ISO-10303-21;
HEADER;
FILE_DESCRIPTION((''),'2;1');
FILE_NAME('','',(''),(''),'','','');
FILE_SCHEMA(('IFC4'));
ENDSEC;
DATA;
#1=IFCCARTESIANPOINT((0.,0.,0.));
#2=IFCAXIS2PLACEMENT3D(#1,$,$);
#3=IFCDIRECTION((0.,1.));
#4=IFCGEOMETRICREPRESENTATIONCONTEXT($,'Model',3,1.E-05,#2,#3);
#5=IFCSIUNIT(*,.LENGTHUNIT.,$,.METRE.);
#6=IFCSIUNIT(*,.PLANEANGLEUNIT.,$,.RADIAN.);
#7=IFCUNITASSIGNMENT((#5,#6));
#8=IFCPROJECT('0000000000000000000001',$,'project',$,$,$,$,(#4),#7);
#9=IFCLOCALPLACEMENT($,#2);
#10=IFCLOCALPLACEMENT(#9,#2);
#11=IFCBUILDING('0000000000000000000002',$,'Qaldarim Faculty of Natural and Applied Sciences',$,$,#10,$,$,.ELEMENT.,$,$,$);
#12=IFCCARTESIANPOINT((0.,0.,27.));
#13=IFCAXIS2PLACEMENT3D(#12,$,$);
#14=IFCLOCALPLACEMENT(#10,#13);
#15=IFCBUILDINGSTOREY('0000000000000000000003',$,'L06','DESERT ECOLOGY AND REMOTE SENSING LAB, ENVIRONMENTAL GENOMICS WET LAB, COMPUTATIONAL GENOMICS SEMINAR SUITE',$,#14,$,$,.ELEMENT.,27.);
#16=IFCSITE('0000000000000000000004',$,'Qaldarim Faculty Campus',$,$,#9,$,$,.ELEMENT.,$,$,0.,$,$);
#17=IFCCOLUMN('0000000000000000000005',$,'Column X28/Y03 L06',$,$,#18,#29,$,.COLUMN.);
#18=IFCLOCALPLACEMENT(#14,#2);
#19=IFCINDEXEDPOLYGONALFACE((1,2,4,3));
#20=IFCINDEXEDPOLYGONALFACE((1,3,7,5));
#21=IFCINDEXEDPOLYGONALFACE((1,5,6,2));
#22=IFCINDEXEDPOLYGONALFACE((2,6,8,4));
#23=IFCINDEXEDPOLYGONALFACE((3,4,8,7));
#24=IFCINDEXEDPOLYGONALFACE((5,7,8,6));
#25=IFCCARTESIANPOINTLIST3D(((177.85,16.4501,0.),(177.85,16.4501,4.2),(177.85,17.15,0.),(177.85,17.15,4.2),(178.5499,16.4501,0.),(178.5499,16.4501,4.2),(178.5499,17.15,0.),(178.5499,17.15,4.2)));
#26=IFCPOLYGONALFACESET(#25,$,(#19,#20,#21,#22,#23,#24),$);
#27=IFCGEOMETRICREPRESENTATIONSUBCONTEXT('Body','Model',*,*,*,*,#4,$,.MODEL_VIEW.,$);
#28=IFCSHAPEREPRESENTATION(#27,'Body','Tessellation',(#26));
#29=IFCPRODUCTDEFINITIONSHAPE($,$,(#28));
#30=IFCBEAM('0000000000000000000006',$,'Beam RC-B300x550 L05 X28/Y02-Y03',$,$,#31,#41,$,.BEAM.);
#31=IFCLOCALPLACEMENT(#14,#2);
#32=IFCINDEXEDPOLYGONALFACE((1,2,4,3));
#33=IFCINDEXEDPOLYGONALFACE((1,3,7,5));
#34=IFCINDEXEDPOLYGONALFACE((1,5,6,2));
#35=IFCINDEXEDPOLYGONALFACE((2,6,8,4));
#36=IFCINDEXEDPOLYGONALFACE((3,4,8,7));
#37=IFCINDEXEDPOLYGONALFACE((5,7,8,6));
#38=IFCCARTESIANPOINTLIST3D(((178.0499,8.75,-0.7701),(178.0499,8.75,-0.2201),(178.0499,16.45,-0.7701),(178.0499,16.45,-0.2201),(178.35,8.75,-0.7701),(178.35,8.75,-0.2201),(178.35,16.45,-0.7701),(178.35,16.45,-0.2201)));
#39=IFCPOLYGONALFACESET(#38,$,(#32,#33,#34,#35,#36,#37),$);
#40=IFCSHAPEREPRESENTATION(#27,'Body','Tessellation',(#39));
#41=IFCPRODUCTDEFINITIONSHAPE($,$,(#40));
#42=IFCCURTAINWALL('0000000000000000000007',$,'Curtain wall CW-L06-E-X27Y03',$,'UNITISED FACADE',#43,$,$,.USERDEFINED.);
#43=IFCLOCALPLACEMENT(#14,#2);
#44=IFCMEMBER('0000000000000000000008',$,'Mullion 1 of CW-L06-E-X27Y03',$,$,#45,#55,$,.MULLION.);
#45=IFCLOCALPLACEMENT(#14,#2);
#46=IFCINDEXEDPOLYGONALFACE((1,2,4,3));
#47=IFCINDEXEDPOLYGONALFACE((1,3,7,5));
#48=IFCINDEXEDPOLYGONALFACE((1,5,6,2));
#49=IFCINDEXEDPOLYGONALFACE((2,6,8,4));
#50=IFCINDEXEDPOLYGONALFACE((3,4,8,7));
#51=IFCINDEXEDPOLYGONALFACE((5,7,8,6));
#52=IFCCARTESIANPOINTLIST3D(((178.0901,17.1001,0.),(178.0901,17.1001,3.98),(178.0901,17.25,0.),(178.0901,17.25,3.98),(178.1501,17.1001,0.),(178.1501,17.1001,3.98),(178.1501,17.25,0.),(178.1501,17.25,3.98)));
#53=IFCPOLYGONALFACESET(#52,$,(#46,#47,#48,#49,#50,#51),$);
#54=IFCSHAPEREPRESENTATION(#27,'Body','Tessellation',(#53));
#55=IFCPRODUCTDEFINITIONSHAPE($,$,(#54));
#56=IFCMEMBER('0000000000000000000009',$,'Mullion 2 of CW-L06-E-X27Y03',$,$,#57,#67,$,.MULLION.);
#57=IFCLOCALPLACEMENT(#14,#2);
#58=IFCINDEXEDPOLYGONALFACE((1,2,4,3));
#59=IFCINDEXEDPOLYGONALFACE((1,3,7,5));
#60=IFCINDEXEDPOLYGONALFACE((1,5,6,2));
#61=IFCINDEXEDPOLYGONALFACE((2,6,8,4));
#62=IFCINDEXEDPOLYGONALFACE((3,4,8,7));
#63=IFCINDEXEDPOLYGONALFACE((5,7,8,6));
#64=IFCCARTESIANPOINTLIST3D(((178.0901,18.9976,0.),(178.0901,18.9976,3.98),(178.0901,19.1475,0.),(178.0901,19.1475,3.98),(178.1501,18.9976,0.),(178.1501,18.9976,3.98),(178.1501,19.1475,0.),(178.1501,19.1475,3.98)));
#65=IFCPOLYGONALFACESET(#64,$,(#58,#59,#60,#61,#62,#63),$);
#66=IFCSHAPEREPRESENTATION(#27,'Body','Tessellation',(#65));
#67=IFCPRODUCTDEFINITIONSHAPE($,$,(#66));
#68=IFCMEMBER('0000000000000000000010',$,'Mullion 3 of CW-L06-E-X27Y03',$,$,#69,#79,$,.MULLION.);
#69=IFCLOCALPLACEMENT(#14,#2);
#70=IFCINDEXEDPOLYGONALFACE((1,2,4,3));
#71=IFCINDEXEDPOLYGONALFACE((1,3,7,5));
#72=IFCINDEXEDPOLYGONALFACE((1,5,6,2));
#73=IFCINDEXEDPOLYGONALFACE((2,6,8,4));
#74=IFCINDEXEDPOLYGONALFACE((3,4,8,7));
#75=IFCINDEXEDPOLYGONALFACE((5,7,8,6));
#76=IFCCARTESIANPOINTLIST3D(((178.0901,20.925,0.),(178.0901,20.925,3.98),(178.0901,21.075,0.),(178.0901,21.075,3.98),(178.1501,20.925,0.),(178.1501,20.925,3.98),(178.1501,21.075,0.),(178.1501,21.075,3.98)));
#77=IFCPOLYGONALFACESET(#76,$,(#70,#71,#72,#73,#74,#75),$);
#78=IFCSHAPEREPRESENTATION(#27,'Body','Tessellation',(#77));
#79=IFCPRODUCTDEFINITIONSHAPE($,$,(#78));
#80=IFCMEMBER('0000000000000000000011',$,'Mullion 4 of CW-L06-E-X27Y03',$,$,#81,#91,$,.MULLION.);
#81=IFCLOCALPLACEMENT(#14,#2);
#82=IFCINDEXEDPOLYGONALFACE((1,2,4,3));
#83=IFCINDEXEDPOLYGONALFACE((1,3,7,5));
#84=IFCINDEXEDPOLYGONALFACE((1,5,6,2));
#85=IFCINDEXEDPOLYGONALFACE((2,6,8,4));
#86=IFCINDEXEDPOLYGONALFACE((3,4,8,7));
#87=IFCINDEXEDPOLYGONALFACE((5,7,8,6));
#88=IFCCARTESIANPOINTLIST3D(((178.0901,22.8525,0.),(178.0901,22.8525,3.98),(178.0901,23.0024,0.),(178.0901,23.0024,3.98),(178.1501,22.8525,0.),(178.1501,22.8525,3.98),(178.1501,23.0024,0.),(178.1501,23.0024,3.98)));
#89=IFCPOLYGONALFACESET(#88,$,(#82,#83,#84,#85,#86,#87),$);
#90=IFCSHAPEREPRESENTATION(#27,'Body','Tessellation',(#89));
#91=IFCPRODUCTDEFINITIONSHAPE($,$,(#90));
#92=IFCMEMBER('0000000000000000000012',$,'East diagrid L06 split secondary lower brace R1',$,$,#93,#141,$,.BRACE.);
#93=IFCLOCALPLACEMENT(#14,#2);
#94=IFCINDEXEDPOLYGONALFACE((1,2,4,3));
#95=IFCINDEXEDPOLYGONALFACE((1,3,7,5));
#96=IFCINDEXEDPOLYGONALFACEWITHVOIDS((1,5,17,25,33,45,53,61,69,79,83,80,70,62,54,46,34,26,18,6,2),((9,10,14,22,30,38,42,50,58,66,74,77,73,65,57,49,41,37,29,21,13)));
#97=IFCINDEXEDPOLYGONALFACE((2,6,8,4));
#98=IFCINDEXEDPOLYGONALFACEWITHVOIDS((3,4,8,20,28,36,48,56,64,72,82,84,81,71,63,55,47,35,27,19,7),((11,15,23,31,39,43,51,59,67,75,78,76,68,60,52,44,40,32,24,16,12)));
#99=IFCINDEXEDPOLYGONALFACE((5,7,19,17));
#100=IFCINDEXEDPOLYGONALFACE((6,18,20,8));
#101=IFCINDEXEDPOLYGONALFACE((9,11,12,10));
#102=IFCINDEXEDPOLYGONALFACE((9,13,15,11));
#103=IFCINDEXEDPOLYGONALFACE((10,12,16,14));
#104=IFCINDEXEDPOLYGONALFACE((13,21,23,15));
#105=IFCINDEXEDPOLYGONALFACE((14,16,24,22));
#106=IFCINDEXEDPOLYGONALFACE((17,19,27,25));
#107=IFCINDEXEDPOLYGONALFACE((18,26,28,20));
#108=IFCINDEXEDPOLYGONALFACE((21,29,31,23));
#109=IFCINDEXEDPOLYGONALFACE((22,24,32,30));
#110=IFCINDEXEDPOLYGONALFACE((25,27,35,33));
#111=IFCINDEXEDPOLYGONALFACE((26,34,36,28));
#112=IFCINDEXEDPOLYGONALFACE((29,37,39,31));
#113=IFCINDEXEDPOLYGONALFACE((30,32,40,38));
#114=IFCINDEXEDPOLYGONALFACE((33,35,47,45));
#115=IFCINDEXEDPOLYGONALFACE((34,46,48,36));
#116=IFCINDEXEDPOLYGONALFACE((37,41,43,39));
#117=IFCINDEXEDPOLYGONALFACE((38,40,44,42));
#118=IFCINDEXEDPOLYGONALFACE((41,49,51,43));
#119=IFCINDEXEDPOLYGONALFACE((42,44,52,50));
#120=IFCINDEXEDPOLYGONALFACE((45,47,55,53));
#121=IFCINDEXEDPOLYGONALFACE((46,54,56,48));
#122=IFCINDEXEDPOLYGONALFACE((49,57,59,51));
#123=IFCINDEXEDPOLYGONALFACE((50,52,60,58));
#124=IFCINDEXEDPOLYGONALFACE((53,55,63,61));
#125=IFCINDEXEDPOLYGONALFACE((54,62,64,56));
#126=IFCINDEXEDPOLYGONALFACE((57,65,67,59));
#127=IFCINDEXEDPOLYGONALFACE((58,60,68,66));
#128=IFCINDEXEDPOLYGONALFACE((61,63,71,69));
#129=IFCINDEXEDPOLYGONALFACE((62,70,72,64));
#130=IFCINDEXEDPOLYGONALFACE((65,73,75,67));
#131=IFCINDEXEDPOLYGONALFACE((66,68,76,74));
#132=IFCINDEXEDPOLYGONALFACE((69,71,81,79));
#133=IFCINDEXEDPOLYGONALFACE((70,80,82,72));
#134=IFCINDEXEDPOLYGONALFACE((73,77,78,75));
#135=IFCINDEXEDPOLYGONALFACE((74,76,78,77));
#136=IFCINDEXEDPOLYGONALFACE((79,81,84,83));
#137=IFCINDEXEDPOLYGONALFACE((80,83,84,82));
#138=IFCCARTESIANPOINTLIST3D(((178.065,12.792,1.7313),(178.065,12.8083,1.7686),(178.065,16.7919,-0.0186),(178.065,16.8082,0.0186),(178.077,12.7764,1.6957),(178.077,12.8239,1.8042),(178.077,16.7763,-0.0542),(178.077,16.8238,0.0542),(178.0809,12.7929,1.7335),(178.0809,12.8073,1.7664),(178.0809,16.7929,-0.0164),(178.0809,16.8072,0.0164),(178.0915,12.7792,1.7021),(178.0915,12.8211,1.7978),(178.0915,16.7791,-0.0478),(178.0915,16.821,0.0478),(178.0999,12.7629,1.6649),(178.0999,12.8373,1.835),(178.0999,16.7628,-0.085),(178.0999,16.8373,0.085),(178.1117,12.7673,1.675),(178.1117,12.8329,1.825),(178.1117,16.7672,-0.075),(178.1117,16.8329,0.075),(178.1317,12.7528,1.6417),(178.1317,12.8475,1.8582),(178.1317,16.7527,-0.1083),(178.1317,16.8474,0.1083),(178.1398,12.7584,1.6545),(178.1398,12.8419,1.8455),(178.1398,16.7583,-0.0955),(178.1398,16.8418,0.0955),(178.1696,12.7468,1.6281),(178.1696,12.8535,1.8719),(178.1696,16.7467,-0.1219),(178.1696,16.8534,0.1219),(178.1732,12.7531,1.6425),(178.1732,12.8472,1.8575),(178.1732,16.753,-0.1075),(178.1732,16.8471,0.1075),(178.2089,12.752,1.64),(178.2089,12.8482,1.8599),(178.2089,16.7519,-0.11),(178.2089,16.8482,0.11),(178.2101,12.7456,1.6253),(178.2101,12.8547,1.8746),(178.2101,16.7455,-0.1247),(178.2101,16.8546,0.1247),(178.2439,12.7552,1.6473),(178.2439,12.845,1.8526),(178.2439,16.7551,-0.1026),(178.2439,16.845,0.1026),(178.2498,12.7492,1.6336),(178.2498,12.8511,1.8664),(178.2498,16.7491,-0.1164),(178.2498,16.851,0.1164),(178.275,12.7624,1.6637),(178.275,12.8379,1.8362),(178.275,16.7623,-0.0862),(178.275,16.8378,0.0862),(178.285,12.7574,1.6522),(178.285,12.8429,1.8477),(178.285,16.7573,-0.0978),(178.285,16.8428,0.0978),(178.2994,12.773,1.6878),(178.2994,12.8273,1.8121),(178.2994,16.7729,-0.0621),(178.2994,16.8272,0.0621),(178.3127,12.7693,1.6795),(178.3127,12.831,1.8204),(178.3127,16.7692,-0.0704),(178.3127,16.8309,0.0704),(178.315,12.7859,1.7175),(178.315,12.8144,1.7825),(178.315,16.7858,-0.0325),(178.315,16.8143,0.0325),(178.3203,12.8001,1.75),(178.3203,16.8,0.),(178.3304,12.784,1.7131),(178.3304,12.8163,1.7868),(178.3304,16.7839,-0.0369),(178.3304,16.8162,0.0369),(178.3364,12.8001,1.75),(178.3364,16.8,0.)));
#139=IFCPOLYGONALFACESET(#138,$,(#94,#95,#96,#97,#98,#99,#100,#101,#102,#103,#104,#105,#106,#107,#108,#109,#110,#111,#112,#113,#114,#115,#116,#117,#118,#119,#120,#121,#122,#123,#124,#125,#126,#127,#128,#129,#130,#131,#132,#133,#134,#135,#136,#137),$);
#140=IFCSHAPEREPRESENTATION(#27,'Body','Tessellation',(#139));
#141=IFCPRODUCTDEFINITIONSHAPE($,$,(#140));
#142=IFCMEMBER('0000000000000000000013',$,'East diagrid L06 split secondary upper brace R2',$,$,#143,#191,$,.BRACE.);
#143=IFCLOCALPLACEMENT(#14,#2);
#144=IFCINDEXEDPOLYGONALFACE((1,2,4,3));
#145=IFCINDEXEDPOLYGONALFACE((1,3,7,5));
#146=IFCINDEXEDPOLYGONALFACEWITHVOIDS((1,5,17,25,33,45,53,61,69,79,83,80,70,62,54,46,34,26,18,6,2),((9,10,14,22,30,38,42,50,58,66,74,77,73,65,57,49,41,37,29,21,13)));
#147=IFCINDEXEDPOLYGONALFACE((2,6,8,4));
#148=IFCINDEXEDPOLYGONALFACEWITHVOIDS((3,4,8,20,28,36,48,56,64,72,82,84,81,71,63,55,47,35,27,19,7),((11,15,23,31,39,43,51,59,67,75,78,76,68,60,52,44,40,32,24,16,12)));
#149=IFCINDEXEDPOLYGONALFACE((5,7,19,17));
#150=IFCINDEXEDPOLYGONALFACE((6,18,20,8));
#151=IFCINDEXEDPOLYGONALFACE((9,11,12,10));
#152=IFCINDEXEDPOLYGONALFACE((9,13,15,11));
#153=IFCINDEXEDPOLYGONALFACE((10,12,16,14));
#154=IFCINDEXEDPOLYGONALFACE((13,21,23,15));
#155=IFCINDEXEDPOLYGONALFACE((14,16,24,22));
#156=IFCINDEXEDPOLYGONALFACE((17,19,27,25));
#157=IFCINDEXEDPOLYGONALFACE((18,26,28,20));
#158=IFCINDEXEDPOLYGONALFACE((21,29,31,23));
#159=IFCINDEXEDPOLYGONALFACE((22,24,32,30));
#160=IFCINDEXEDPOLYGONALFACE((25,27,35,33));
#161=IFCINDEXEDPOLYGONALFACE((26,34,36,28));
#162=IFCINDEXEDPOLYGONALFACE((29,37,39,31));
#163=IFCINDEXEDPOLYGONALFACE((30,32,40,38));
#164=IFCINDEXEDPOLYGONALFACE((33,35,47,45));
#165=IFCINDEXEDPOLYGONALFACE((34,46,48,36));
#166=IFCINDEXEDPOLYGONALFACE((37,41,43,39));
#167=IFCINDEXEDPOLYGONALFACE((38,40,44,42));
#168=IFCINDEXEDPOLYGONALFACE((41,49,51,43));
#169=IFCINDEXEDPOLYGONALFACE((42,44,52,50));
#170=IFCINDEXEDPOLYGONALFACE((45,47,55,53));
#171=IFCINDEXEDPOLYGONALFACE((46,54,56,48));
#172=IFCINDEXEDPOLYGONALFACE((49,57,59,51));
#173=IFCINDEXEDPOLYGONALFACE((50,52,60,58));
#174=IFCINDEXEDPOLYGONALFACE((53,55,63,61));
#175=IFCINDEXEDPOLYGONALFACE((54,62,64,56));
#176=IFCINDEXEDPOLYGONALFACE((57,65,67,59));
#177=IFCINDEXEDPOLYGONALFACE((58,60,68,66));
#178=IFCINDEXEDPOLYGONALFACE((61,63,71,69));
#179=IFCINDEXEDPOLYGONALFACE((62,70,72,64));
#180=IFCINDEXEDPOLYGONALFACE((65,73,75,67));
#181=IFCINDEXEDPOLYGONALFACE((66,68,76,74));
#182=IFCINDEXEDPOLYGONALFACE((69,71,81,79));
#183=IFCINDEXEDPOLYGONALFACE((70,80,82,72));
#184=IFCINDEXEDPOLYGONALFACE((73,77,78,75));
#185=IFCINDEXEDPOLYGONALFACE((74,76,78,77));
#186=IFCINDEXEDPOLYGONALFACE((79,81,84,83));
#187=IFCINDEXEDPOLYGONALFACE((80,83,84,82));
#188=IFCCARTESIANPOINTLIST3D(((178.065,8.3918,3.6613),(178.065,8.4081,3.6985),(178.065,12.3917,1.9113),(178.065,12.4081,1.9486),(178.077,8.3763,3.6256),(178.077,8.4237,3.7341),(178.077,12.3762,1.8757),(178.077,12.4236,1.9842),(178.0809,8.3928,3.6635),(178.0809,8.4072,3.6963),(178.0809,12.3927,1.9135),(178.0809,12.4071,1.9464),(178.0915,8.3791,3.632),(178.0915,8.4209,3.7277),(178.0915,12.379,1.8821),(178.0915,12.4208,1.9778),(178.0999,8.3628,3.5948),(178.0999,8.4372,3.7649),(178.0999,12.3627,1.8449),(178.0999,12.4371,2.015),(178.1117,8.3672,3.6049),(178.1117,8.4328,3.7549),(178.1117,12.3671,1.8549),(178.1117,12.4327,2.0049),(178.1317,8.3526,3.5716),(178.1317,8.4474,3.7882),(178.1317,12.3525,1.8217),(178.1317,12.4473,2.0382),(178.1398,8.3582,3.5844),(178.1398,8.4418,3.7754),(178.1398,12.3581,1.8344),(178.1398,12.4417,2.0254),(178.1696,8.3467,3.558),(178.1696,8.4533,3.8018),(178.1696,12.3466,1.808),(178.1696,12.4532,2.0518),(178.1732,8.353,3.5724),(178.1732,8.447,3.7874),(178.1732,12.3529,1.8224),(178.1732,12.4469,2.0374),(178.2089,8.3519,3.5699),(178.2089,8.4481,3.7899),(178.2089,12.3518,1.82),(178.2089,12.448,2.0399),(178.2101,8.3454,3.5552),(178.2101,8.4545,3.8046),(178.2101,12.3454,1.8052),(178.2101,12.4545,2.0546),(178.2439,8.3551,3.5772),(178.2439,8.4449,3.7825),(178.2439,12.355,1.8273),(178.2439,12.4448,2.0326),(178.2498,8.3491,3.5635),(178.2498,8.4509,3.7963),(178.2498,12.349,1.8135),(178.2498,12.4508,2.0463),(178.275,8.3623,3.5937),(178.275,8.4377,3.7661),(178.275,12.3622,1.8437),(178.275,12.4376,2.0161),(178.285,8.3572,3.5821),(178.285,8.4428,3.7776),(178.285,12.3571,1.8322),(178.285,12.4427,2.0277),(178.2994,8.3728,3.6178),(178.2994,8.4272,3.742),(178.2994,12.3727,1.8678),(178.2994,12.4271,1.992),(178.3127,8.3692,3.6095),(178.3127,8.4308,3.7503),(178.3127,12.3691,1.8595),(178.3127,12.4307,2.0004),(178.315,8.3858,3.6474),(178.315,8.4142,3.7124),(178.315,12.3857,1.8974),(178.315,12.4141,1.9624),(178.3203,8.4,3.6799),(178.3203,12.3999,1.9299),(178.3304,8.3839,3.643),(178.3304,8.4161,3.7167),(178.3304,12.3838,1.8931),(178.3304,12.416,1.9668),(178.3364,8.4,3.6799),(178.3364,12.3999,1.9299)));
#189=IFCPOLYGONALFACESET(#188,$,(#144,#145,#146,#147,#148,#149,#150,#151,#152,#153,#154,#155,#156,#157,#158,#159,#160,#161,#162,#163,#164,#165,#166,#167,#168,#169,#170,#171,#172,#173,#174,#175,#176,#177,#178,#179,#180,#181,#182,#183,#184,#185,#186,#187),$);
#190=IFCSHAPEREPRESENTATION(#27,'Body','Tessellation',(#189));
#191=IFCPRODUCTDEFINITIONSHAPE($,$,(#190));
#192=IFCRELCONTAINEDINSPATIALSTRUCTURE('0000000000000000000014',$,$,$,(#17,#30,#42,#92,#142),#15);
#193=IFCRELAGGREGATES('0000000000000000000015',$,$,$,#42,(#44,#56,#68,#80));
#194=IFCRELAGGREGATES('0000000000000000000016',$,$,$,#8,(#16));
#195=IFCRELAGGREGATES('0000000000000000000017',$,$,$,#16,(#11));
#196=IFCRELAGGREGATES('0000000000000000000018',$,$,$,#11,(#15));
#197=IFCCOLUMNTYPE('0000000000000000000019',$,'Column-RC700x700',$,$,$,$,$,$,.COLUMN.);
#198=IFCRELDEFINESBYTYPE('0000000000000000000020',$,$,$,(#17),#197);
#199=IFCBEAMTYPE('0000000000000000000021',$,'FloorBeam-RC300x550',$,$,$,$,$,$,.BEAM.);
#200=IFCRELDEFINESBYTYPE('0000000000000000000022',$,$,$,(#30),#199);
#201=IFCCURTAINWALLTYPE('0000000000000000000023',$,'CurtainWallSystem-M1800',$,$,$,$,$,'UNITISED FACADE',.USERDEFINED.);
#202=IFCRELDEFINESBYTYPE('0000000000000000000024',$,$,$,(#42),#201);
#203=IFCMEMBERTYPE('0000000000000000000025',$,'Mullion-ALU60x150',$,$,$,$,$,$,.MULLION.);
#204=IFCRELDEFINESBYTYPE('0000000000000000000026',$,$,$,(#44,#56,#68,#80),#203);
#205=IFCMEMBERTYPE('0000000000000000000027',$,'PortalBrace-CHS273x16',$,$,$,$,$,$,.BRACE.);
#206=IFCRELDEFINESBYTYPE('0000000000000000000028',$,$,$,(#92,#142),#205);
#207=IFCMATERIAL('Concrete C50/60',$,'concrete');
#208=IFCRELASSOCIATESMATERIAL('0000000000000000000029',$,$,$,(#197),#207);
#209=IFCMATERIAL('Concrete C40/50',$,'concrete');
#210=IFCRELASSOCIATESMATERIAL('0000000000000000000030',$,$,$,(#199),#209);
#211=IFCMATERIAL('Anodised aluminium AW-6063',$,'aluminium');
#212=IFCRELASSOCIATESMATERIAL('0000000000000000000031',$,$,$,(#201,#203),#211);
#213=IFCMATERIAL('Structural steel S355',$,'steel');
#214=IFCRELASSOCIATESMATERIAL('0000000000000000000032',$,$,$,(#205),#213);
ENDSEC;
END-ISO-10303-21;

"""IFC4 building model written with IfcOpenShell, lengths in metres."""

from ifc_helpers import new_model, si_unit, direction, frame, origin, origin_2d, place, context, subcontext, project, spatial, rectangle, hollow_circle, extrude, material, material_profile, profile_set, type_object, element, aggregate, save


model = new_model("IFC4")

# Units and contexts
model_context = context("Model", 3, precision=1e-05, world=origin(), true_north=direction((0.0, 1.0)))
body_context = subcontext(model_context, "Body", "Model", "MODEL_VIEW")
ifc_project = project(units=[si_unit("LENGTHUNIT", "METRE"), si_unit("PLANEANGLEUNIT", "RADIAN")], contexts=[model_context])

# Site, building, storey
site_placement = place(None, origin())
site = spatial("IfcSite", under=ifc_project, at=site_placement, Name="Qaldarim Faculty Campus", CompositionType="ELEMENT", RefElevation=0.0)
building_placement = place(site_placement, origin())
building = spatial("IfcBuilding", under=site, at=building_placement, Name="Qaldarim Faculty of Natural and Applied Sciences", CompositionType="ELEMENT")
storey_placement = place(building_placement, frame((0.0, 0.0, 27.0)))
storey = spatial("IfcBuildingStorey", under=building, at=storey_placement, Name="L06", Description="DESERT ECOLOGY AND REMOTE SENSING LAB, ENVIRONMENTAL GENOMICS WET LAB, COMPUTATIONAL GENOMICS SEMINAR SUITE", CompositionType="ELEMENT", Elevation=27.0)

# Column
ifc_material_1 = material(Name="Concrete C50/60", Category="concrete")
ifc_material_profile_1 = material_profile(ifc_material_1, rectangle(XDim=0.7, YDim=0.7, at=origin_2d()), Name="RC-C700x700")
ifc_profile_set_1 = profile_set([ifc_material_profile_1], Name="Concrete C50/60")
column_type = type_object("IfcColumnType", Name="Column-RC700x700", PredefinedType="COLUMN", material=ifc_profile_set_1)
column_placement = place(storey_placement, frame((178.2, 16.8, 0.0), z_axis=(0.0, 0.0, 1.0), x_axis=(1.0, 0.0, 0.0)))
element("IfcColumn", 1, at=column_placement, inside=storey, type_object=column_type, Name="Column X28/Y03 L06", PredefinedType="COLUMN", context=body_context, shape_type="SweptSolid", body=[
    extrude(rectangle(XDim=0.7, YDim=0.7, at=origin_2d()), origin(), (0.0, 0.0, 1.0), 4.2),
])

# Beam
ifc_material_2 = material(Name="Concrete C40/50", Category="concrete")
ifc_material_profile_2 = material_profile(ifc_material_2, rectangle(XDim=0.3, YDim=0.55, at=origin_2d()), Name="RC-B300x550")
ifc_profile_set_2 = profile_set([ifc_material_profile_2], Name="Concrete C40/50")
beam_type_1 = type_object("IfcBeamType", Name="FloorBeam-RC300x550", PredefinedType="BEAM", material=ifc_profile_set_2)
beam_1_placement = place(storey_placement, frame((178.2, 8.75, -0.4951), z_axis=(0.0, 1.0, 0.0), x_axis=(-1.0, 0.0, 0.0)))
element("IfcBeam", 2, at=beam_1_placement, inside=storey, type_object=beam_type_1, Name="Beam RC-B300x550 L05 X28/Y02-Y03", PredefinedType="BEAM", context=body_context, shape_type="SweptSolid", body=[
    extrude(rectangle(XDim=0.3, YDim=0.55, at=origin_2d()), origin(), (0.0, 0.0, 1.0), 7.7),
])

# Curtain wall, members
ifc_material_3 = material(Name="Anodised aluminium AW-6063", Category="aluminium")
curtain_wall_type = type_object("IfcCurtainWallType", Name="CurtainWallSystem-M1800", ElementType="UNITISED FACADE", PredefinedType="USERDEFINED", material=ifc_material_3)
curtain_wall_placement = place(storey_placement, origin())
curtain_wall = element("IfcCurtainWall", 3, at=curtain_wall_placement, inside=storey, type_object=curtain_wall_type, Name="Curtain wall CW-L06-E-X27Y03", ObjectType="UNITISED FACADE", PredefinedType="USERDEFINED")
ifc_material_profile_3 = material_profile(ifc_material_3, rectangle(XDim=0.0601, YDim=0.1499, at=origin_2d()), Name="ALU-M60x150")
ifc_profile_set_3 = profile_set([ifc_material_profile_3], Name="Anodised aluminium AW-6063")
member_type_1 = type_object("IfcMemberType", Name="Mullion-ALU60x150", PredefinedType="MULLION", material=ifc_profile_set_3)
member_1_placement = place(storey_placement, frame((178.1201, 17.175, 0.0), z_axis=(0.0, 0.0, 1.0), x_axis=(-1.0, 0.0, 0.0)))
member_1 = element("IfcMember", 4, at=member_1_placement, type_object=member_type_1, Name="Mullion 1 of CW-L06-E-X27Y03", PredefinedType="MULLION", context=body_context, shape_type="SweptSolid", body=[
    extrude(rectangle(XDim=0.0601, YDim=0.1499, at=origin_2d()), origin(), (0.0, 0.0, 1.0), 3.98),
])
member_2_placement = place(storey_placement, frame((178.1201, 19.0725, 0.0), z_axis=(0.0, 0.0, 1.0), x_axis=(-1.0, 0.0, 0.0)))
member_2 = element("IfcMember", 5, at=member_2_placement, type_object=member_type_1, Name="Mullion 2 of CW-L06-E-X27Y03", PredefinedType="MULLION", context=body_context, shape_type="SweptSolid", body=[
    extrude(rectangle(XDim=0.0601, YDim=0.1499, at=origin_2d()), origin(), (0.0, 0.0, 1.0), 3.98),
])
member_3_placement = place(storey_placement, frame((178.1201, 21.0, 0.0), z_axis=(0.0, 0.0, 1.0), x_axis=(-1.0, 0.0, 0.0)))
member_3 = element("IfcMember", 6, at=member_3_placement, type_object=member_type_1, Name="Mullion 3 of CW-L06-E-X27Y03", PredefinedType="MULLION", context=body_context, shape_type="SweptSolid", body=[
    extrude(rectangle(XDim=0.0601, YDim=0.1499, at=origin_2d()), origin(), (0.0, 0.0, 1.0), 3.98),
])
member_4_placement = place(storey_placement, frame((178.1201, 22.9275, 0.0), z_axis=(0.0, 0.0, 1.0), x_axis=(-1.0, 0.0, 0.0)))
member_4 = element("IfcMember", 7, at=member_4_placement, type_object=member_type_1, Name="Mullion 4 of CW-L06-E-X27Y03", PredefinedType="MULLION", context=body_context, shape_type="SweptSolid", body=[
    extrude(rectangle(XDim=0.0601, YDim=0.1499, at=origin_2d()), origin(), (0.0, 0.0, 1.0), 3.98),
])

# Members
ifc_material_4 = material(Name="Structural steel S355", Category="steel")
ifc_material_profile_4 = material_profile(ifc_material_4, hollow_circle(Radius=0.1365, WallThickness=0.0161, at=origin_2d()), Name="CHS 273.0x16.0")
ifc_profile_set_4 = profile_set([ifc_material_profile_4], Name="Structural steel S355")
member_type_2 = type_object("IfcMemberType", Name="PortalBrace-CHS273x16", PredefinedType="BRACE", material=ifc_profile_set_4)
for number, where, z_axis, x_axis, name in (
    (8, (178.2, 16.8, 0.0), (0.0, -0.916157, 0.400819), (1.0, 0.0, 0.0), "East diagrid L06 split secondary lower brace R1"),
    (9, (178.2, 12.3999, 1.9299), (0.0, -0.916157, 0.400819), (1.0, 0.0, 0.0), "East diagrid L06 split secondary upper brace R2"),
):
    element("IfcMember", number, at=place(storey_placement, frame(where, z_axis=z_axis, x_axis=x_axis)), inside=storey, type_object=member_type_2, Name=name, PredefinedType="BRACE", context=body_context, shape_type="SweptSolid", body=[
        extrude(hollow_circle(Radius=0.1365, WallThickness=0.0161, at=origin_2d()), origin(), (0.0, 0.0, 1.0), 4.366),
    ])

aggregate(curtain_wall, [member_1, member_2, member_3, member_4])

save(model, "model.ifc")
